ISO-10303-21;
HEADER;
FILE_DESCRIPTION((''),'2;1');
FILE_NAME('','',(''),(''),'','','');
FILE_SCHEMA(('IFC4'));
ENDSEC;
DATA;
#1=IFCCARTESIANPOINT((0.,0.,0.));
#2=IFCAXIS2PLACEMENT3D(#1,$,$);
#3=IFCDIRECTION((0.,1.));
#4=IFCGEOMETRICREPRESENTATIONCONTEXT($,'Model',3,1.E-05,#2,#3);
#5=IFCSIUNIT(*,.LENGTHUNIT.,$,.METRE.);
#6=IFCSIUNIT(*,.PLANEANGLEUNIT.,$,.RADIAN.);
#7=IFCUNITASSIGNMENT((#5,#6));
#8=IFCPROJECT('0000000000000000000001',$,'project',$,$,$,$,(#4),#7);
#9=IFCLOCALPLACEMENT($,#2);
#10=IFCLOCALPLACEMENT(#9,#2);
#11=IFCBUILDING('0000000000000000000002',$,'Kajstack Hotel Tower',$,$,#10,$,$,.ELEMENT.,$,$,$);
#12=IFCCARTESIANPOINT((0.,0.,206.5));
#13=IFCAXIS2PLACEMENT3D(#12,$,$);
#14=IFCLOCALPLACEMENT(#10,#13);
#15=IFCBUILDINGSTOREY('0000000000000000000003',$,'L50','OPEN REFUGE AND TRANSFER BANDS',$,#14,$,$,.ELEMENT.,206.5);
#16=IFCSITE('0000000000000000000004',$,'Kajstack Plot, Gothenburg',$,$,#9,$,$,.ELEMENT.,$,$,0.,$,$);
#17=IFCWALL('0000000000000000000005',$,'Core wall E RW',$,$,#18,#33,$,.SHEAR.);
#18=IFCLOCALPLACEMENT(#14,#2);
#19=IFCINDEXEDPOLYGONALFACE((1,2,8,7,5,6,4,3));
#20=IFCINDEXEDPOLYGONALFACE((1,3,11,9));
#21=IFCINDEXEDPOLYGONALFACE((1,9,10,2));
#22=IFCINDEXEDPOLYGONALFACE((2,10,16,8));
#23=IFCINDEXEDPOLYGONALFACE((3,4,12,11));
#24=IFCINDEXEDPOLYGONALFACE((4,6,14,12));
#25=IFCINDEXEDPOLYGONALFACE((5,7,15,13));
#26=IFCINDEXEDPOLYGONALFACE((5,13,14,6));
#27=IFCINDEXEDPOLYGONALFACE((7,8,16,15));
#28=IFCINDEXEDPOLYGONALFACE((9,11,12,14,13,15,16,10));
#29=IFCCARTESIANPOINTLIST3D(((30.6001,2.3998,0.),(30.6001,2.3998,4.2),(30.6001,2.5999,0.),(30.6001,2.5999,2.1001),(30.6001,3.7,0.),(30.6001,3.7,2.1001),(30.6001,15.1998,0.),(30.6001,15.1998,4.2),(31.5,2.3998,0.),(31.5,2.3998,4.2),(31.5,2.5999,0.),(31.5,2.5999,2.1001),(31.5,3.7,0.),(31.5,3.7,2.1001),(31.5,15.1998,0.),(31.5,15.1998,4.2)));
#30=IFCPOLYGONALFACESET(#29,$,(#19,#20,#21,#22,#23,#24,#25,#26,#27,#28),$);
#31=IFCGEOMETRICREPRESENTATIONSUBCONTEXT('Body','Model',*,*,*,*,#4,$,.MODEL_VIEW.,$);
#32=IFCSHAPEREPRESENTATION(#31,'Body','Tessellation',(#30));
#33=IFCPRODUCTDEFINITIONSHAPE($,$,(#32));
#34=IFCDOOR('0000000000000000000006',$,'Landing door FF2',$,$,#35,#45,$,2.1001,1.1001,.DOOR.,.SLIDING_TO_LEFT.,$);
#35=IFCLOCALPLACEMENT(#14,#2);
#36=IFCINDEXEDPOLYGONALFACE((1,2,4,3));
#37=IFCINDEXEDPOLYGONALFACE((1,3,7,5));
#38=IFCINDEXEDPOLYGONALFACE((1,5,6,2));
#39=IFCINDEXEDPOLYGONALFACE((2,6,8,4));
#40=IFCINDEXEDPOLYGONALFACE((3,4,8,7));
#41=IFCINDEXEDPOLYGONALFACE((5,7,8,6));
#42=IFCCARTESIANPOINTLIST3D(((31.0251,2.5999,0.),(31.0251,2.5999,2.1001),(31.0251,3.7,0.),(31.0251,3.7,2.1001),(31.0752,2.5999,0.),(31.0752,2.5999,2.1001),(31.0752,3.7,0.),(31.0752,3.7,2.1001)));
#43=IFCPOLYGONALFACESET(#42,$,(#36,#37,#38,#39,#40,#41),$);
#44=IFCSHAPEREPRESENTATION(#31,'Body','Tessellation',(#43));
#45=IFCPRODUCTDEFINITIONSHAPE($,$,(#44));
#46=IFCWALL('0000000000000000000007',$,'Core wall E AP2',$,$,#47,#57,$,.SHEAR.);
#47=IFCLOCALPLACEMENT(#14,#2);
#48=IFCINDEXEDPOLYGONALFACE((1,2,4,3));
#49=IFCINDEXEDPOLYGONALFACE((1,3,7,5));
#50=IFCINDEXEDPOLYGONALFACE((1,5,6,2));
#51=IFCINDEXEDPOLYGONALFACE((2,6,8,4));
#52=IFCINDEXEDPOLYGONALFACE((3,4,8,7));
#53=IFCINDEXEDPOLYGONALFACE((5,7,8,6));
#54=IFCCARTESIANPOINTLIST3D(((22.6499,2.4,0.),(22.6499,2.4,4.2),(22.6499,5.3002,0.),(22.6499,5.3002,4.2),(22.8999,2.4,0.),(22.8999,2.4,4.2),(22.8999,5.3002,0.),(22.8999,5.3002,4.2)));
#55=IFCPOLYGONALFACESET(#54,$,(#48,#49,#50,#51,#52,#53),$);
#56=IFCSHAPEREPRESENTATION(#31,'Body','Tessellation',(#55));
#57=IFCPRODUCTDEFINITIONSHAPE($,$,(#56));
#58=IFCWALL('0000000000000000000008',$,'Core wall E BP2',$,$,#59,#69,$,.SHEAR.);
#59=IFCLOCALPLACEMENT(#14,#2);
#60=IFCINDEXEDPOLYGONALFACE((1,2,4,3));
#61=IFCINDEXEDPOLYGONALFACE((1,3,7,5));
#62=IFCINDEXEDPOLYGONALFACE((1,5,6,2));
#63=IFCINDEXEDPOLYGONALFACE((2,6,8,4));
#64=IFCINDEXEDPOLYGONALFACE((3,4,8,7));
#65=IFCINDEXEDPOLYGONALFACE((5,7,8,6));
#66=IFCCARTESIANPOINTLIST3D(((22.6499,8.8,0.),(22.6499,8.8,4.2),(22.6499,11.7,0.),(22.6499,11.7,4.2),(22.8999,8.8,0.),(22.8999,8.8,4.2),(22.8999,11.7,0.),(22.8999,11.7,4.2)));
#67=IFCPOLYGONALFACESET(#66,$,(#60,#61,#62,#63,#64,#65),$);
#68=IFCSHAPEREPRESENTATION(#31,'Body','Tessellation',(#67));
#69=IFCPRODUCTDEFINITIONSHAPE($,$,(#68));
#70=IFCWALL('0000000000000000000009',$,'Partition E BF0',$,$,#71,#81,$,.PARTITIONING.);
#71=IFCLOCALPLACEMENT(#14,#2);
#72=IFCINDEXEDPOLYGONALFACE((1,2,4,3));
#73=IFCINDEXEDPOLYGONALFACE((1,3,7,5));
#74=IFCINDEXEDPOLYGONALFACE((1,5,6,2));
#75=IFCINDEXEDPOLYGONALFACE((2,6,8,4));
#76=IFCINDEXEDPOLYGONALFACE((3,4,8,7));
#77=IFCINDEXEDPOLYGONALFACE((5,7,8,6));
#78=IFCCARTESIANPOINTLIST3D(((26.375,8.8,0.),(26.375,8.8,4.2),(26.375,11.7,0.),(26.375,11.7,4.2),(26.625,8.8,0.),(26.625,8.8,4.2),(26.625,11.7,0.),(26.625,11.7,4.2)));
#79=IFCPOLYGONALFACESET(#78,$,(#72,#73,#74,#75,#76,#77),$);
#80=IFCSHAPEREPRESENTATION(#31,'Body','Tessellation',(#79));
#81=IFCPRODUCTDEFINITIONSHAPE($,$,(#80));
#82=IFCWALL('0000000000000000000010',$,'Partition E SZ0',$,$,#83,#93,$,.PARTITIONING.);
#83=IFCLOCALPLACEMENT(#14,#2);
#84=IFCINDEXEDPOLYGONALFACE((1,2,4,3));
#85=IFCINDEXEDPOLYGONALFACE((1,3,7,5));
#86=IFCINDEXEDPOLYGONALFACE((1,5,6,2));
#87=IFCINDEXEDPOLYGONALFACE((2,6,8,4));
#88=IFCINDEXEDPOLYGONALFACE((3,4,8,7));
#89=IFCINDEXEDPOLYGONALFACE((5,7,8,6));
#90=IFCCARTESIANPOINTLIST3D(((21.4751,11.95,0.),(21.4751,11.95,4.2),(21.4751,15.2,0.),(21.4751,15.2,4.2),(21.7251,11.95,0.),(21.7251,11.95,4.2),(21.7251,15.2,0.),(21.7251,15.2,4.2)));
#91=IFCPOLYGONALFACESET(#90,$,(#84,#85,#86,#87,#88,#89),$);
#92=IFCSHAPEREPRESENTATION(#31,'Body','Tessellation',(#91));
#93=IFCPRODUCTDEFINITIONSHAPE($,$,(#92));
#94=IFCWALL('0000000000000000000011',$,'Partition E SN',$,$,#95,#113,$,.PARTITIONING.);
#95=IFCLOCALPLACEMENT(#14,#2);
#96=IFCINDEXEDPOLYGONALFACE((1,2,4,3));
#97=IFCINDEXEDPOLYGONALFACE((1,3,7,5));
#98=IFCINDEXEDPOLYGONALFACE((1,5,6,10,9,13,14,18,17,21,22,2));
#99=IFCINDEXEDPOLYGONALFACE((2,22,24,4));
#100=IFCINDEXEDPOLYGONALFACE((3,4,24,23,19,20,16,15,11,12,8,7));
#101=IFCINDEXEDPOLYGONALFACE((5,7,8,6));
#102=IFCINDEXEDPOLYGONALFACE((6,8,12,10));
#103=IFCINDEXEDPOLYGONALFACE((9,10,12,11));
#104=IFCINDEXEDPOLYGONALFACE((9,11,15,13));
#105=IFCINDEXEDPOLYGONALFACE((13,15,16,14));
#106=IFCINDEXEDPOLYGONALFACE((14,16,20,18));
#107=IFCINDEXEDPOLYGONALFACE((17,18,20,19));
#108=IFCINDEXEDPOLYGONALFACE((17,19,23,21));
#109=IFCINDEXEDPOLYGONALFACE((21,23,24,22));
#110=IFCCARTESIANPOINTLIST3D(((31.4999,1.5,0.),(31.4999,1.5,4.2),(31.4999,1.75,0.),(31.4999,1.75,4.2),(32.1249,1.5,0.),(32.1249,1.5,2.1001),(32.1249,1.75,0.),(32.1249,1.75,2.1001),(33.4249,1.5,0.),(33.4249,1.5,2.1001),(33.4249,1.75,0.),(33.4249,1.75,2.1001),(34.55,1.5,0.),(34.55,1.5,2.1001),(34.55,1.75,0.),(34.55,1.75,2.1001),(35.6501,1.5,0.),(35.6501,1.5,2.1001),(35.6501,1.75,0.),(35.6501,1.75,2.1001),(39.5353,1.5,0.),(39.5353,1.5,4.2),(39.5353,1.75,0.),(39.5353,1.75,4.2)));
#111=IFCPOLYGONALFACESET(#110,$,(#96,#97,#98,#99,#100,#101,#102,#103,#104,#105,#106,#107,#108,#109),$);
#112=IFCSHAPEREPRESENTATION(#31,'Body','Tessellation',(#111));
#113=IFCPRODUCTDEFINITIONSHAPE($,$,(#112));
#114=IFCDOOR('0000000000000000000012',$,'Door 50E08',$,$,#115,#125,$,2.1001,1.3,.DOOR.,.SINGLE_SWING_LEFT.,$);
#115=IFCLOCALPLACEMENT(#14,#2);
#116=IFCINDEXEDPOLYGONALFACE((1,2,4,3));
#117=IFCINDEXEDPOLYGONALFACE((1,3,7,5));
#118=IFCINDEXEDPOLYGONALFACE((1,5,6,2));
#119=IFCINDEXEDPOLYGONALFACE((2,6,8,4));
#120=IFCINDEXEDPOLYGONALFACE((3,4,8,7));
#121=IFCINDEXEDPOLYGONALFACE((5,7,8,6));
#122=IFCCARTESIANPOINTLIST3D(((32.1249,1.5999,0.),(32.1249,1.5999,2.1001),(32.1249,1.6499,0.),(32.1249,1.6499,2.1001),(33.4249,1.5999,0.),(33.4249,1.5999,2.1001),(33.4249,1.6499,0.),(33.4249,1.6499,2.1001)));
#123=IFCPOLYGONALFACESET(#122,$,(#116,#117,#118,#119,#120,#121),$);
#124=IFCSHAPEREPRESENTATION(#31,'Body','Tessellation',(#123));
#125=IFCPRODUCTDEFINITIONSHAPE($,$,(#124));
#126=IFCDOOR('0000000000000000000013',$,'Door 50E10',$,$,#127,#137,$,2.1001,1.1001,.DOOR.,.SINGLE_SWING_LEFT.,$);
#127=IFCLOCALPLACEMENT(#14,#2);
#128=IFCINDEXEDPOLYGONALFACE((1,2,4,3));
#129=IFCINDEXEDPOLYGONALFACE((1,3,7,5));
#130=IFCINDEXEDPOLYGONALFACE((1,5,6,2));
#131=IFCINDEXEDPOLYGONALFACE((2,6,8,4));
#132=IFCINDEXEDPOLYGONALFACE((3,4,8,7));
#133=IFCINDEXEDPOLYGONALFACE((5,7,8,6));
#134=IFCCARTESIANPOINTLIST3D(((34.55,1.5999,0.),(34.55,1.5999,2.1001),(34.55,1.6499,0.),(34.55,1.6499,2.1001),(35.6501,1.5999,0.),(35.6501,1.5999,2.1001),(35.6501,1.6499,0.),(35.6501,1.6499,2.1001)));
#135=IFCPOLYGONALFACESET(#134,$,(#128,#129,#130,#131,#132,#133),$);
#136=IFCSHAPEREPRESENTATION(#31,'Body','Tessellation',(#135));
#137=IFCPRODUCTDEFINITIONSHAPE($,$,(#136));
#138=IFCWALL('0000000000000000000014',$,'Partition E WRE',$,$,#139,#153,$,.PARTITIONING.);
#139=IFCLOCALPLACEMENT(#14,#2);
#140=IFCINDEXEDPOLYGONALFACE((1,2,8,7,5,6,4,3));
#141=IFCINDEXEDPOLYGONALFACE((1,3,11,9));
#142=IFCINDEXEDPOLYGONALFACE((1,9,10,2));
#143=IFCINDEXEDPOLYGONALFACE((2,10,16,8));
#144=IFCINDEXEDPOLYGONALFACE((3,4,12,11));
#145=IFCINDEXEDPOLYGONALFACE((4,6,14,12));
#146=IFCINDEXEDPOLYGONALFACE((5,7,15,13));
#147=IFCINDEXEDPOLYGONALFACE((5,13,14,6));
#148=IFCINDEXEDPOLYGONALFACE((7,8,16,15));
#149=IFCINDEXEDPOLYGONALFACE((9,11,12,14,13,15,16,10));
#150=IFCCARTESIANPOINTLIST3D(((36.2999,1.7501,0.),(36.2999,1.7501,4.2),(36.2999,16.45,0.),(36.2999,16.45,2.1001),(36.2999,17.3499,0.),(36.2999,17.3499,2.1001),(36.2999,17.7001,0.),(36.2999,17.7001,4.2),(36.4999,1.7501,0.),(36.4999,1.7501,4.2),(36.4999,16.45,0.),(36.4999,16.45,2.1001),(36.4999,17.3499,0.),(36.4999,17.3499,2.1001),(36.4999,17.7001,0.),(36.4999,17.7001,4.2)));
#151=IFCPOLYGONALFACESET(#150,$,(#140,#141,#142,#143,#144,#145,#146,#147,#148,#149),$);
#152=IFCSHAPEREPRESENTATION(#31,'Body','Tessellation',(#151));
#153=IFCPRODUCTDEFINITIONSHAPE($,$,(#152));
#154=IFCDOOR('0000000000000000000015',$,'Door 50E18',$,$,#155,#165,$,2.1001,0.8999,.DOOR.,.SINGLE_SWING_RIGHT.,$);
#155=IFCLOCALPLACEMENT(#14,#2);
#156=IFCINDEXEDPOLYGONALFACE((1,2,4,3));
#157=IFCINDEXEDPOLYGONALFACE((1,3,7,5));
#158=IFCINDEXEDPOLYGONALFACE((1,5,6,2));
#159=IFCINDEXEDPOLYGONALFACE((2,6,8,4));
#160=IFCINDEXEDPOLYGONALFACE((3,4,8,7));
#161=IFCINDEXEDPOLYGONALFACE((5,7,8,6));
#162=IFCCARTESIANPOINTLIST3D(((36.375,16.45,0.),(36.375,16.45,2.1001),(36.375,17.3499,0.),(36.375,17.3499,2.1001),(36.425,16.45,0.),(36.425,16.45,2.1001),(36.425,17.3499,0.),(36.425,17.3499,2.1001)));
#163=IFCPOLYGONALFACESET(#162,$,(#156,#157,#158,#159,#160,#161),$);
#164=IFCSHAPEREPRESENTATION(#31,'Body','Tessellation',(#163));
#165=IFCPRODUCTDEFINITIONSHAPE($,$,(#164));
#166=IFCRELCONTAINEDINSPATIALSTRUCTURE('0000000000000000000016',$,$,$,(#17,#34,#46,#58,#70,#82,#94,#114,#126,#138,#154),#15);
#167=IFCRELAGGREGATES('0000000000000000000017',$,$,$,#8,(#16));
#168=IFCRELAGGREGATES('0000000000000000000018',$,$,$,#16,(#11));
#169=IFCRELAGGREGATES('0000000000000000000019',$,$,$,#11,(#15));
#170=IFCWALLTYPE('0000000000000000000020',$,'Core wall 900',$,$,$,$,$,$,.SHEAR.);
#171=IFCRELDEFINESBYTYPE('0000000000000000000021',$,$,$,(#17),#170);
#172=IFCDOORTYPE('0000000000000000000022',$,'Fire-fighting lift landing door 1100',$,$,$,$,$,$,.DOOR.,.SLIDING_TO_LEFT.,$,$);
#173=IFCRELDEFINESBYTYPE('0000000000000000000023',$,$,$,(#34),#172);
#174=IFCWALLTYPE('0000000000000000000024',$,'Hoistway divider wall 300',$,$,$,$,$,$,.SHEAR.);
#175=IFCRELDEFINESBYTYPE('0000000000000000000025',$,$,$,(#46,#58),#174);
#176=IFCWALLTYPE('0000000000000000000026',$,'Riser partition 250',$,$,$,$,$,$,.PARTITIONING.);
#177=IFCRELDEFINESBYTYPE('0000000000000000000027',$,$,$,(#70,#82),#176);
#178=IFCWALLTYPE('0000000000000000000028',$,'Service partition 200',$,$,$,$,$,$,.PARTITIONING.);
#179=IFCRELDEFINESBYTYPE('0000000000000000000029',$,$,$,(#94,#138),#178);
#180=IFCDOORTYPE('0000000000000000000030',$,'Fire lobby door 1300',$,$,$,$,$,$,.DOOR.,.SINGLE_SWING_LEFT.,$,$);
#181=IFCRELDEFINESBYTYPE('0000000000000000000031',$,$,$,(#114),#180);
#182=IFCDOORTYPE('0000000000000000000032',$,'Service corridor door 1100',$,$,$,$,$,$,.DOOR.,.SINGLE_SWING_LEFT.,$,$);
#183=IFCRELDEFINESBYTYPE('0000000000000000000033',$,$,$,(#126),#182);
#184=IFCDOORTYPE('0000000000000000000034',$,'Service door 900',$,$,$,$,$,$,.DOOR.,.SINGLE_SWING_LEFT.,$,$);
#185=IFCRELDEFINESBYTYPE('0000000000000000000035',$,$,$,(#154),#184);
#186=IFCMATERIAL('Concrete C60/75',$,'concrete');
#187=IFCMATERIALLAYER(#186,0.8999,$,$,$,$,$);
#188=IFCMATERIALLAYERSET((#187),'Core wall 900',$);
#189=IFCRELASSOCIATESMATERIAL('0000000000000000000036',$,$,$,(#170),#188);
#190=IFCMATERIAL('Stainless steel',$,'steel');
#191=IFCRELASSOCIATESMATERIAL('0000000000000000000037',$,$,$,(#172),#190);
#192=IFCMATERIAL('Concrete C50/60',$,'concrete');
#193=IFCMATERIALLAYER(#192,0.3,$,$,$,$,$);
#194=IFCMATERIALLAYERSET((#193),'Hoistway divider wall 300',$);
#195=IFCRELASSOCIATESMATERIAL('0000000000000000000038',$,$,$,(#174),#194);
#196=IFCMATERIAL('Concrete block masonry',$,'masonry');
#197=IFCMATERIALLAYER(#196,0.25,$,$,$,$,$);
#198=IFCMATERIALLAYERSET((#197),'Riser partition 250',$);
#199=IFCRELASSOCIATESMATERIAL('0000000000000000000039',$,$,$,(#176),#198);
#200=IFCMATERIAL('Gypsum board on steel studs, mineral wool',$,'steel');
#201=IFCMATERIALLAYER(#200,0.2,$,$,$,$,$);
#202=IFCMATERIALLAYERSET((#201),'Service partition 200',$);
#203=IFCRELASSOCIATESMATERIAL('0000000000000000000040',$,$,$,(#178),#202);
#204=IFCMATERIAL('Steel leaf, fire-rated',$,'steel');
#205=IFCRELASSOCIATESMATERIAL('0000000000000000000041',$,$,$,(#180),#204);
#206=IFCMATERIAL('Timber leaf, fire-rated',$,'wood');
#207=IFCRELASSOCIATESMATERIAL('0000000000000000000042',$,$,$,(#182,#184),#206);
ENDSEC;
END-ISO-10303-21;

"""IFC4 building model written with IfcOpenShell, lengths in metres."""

from ifc_helpers import new_model, si_unit, direction, frame, frame_2d, origin, place, context, subcontext, project, spatial, rectangle, extrude, material, layer, layer_set, type_object, element, fill, save


model = new_model("IFC4")

# Units and contexts
model_context = context("Model", 3, precision=1e-05, world=origin(), true_north=direction((0.0, 1.0)))
body_context = subcontext(model_context, "Body", "Model", "MODEL_VIEW")
ifc_project = project(units=[si_unit("LENGTHUNIT", "METRE"), si_unit("PLANEANGLEUNIT", "RADIAN")], contexts=[model_context])

# Site, building, storey
site_placement = place(None, origin())
site = spatial("IfcSite", under=ifc_project, at=site_placement, Name="Kajstack Plot, Gothenburg", CompositionType="ELEMENT", RefElevation=0.0)
building_placement = place(site_placement, origin())
building = spatial("IfcBuilding", under=site, at=building_placement, Name="Kajstack Hotel Tower", CompositionType="ELEMENT")
storey_placement = place(building_placement, frame((0.0, 0.0, 206.5)))
storey = spatial("IfcBuildingStorey", under=building, at=storey_placement, Name="L50", Description="OPEN REFUGE AND TRANSFER BANDS", CompositionType="ELEMENT", Elevation=206.5)

# Wall, opening, door
ifc_material_1 = material(Name="Concrete C60/75", Category="concrete")
ifc_layer_1 = layer(ifc_material_1, 0.8999)
ifc_layer_set_1 = layer_set([ifc_layer_1], Name="Core wall 900")
wall_type_1 = type_object("IfcWallType", Name="Core wall 900", PredefinedType="SHEAR", material=ifc_layer_set_1)
wall_1_placement = place(storey_placement, frame((31.05, 2.3999, 0.0), z_axis=(0.0, 0.0, 1.0), x_axis=(0.0, 1.0, 0.0)))
wall_1 = element("IfcWall", 1, at=wall_1_placement, inside=storey, type_object=wall_type_1, Name="Core wall E RW", PredefinedType="SHEAR", context=body_context, shape_type="SweptSolid", body=[
    extrude(rectangle(XDim=12.8, YDim=0.8999, at=frame_2d((6.3999, 0.0))), origin(), (0.0, 0.0, 1.0), 4.2),
])
opening_1_placement = place(wall_1_placement, frame((0.2, 0.0, 0.0)))
opening_1 = element("IfcOpeningElement", 2, at=opening_1_placement, cuts=wall_1, PredefinedType="OPENING", context=body_context, shape_type="SweptSolid", body=[
    extrude(rectangle(XDim=1.1001, YDim=2.1001, at=frame_2d((0.55, 1.05))), frame((0.0, 0.46, 0.0), z_axis=(0.0, -1.0, 0.0), x_axis=(1.0, 0.0, 0.0)), (0.0, 0.0, 1.0), 0.9199),
])
ifc_material_2 = material(Name="Stainless steel", Category="steel")
door_type_1 = type_object("IfcDoorType", Name="Fire-fighting lift landing door 1100", OperationType="SLIDING_TO_LEFT", PredefinedType="DOOR", material=ifc_material_2)
door_1_placement = place(opening_1_placement, origin())
door_1 = element("IfcDoor", 3, at=door_1_placement, inside=storey, type_object=door_type_1, Name="Landing door FF2", OperationType="SLIDING_TO_LEFT", OverallHeight=2.1001, OverallWidth=1.1001, PredefinedType="DOOR", context=body_context, shape_type="SweptSolid", body=[
    extrude(rectangle(XDim=1.1001, YDim=2.1001, at=frame_2d((0.55, 1.05))), frame((0.0, 0.0249, 0.0), z_axis=(0.0, -1.0, 0.0), x_axis=(1.0, 0.0, 0.0)), (0.0, 0.0, 1.0), 0.05),
])
fill(opening_1, door_1)

# Walls
ifc_material_3 = material(Name="Concrete C50/60", Category="concrete")
ifc_layer_2 = layer(ifc_material_3, 0.3)
ifc_layer_set_2 = layer_set([ifc_layer_2], Name="Hoistway divider wall 300")
wall_type_2 = type_object("IfcWallType", Name="Hoistway divider wall 300", PredefinedType="SHEAR", material=ifc_layer_set_2)
wall_2_placement = place(storey_placement, frame((22.7749, 2.3999, 0.0), z_axis=(0.0, 0.0, 1.0), x_axis=(0.0, 1.0, 0.0)))
element("IfcWall", 4, at=wall_2_placement, inside=storey, type_object=wall_type_2, Name="Core wall E AP2", PredefinedType="SHEAR", context=body_context, shape_type="SweptSolid", body=[
    extrude(rectangle(XDim=2.9001, YDim=0.25, at=frame_2d((1.4502, 0.0))), origin(), (0.0, 0.0, 1.0), 4.2),
])
wall_3_placement = place(storey_placement, frame((22.7749, 8.8, 0.0), z_axis=(0.0, 0.0, 1.0), x_axis=(0.0, 1.0, 0.0)))
element("IfcWall", 5, at=wall_3_placement, inside=storey, type_object=wall_type_2, Name="Core wall E BP2", PredefinedType="SHEAR", context=body_context, shape_type="SweptSolid", body=[
    extrude(rectangle(XDim=2.8999, YDim=0.25, at=frame_2d((1.45, 0.0))), origin(), (0.0, 0.0, 1.0), 4.2),
])
ifc_material_4 = material(Name="Concrete block masonry", Category="masonry")
ifc_layer_3 = layer(ifc_material_4, 0.25)
ifc_layer_set_3 = layer_set([ifc_layer_3], Name="Riser partition 250")
wall_type_3 = type_object("IfcWallType", Name="Riser partition 250", PredefinedType="PARTITIONING", material=ifc_layer_set_3)
wall_4_placement = place(storey_placement, frame((26.5, 8.8, 0.0), z_axis=(0.0, 0.0, 1.0), x_axis=(0.0, 1.0, 0.0)))
element("IfcWall", 6, at=wall_4_placement, inside=storey, type_object=wall_type_3, Name="Partition E BF0", PredefinedType="PARTITIONING", context=body_context, shape_type="SweptSolid", body=[
    extrude(rectangle(XDim=2.8999, YDim=0.25, at=frame_2d((1.45, 0.0))), origin(), (0.0, 0.0, 1.0), 4.2),
])
wall_5_placement = place(storey_placement, frame((21.6001, 11.95, 0.0), z_axis=(0.0, 0.0, 1.0), x_axis=(0.0, 1.0, 0.0)))
element("IfcWall", 7, at=wall_5_placement, inside=storey, type_object=wall_type_3, Name="Partition E SZ0", PredefinedType="PARTITIONING", context=body_context, shape_type="SweptSolid", body=[
    extrude(rectangle(XDim=3.25, YDim=0.25, at=frame_2d((1.625, 0.0))), origin(), (0.0, 0.0, 1.0), 4.2),
])

# Wall, openings, doors
ifc_material_5 = material(Name="Gypsum board on steel studs, mineral wool", Category="steel")
ifc_layer_4 = layer(ifc_material_5, 0.2)
ifc_layer_set_4 = layer_set([ifc_layer_4], Name="Service partition 200")
wall_type_4 = type_object("IfcWallType", Name="Service partition 200", PredefinedType="PARTITIONING", material=ifc_layer_set_4)
wall_6_placement = place(storey_placement, frame((31.5, 1.625, 0.0), z_axis=(0.0, 0.0, 1.0), x_axis=(1.0, 0.0, 0.0)))
wall_6 = element("IfcWall", 8, at=wall_6_placement, inside=storey, type_object=wall_type_4, Name="Partition E SN", PredefinedType="PARTITIONING", context=body_context, shape_type="SweptSolid", body=[
    extrude(rectangle(XDim=8.0354, YDim=0.25, at=frame_2d((4.0176, 0.0))), origin(), (0.0, 0.0, 1.0), 4.2),
])
opening_2_placement = place(wall_6_placement, frame((0.625, 0.0, 0.0)))
opening_2 = element("IfcOpeningElement", 9, at=opening_2_placement, cuts=wall_6, PredefinedType="OPENING", context=body_context, shape_type="SweptSolid", body=[
    extrude(rectangle(XDim=1.3, YDim=2.1001, at=frame_2d((0.6499, 1.05))), frame((0.0, 0.135, 0.0), z_axis=(0.0, -1.0, 0.0), x_axis=(1.0, 0.0, 0.0)), (0.0, 0.0, 1.0), 0.27),
])
opening_3_placement = place(wall_6_placement, frame((3.05, 0.0, 0.0)))
opening_3 = element("IfcOpeningElement", 10, at=opening_3_placement, cuts=wall_6, PredefinedType="OPENING", context=body_context, shape_type="SweptSolid", body=[
    extrude(rectangle(XDim=1.1001, YDim=2.1001, at=frame_2d((0.55, 1.05))), frame((0.0, 0.135, 0.0), z_axis=(0.0, -1.0, 0.0), x_axis=(1.0, 0.0, 0.0)), (0.0, 0.0, 1.0), 0.27),
])
ifc_material_6 = material(Name="Steel leaf, fire-rated", Category="steel")
door_type_2 = type_object("IfcDoorType", Name="Fire lobby door 1300", OperationType="SINGLE_SWING_LEFT", PredefinedType="DOOR", material=ifc_material_6)
door_2_placement = place(opening_2_placement, origin())
door_2 = element("IfcDoor", 11, at=door_2_placement, inside=storey, type_object=door_type_2, Name="Door 50E08", OperationType="SINGLE_SWING_LEFT", OverallHeight=2.1001, OverallWidth=1.3, PredefinedType="DOOR", context=body_context, shape_type="SweptSolid", body=[
    extrude(rectangle(XDim=1.3, YDim=2.1001, at=frame_2d((0.6499, 1.05))), frame((0.0, 0.0249, 0.0), z_axis=(0.0, -1.0, 0.0), x_axis=(1.0, 0.0, 0.0)), (0.0, 0.0, 1.0), 0.05),
])
fill(opening_2, door_2)
ifc_material_7 = material(Name="Timber leaf, fire-rated", Category="wood")
door_type_3 = type_object("IfcDoorType", Name="Service corridor door 1100", OperationType="SINGLE_SWING_LEFT", PredefinedType="DOOR", material=ifc_material_7)
door_3_placement = place(opening_3_placement, origin())
door_3 = element("IfcDoor", 12, at=door_3_placement, inside=storey, type_object=door_type_3, Name="Door 50E10", OperationType="SINGLE_SWING_LEFT", OverallHeight=2.1001, OverallWidth=1.1001, PredefinedType="DOOR", context=body_context, shape_type="SweptSolid", body=[
    extrude(rectangle(XDim=1.1001, YDim=2.1001, at=frame_2d((0.55, 1.05))), frame((0.0, 0.0249, 0.0), z_axis=(0.0, -1.0, 0.0), x_axis=(1.0, 0.0, 0.0)), (0.0, 0.0, 1.0), 0.05),
])
fill(opening_3, door_3)

# Wall, opening, door
wall_7_placement = place(storey_placement, frame((36.3999, 1.75, 0.0), z_axis=(0.0, 0.0, 1.0), x_axis=(0.0, 1.0, 0.0)))
wall_7 = element("IfcWall", 13, at=wall_7_placement, inside=storey, type_object=wall_type_4, Name="Partition E WRE", PredefinedType="PARTITIONING", context=body_context, shape_type="SweptSolid", body=[
    extrude(rectangle(XDim=15.95, YDim=0.2, at=frame_2d((7.9751, 0.0))), origin(), (0.0, 0.0, 1.0), 4.2),
])
opening_4_placement = place(wall_7_placement, frame((14.7, 0.0, 0.0)))
opening_4 = element("IfcOpeningElement", 14, at=opening_4_placement, cuts=wall_7, PredefinedType="OPENING", context=body_context, shape_type="SweptSolid", body=[
    extrude(rectangle(XDim=0.8999, YDim=2.1001, at=frame_2d((0.45, 1.05))), frame((0.0, 0.1099, 0.0), z_axis=(0.0, -1.0, 0.0), x_axis=(1.0, 0.0, 0.0)), (0.0, 0.0, 1.0), 0.22),
])
door_type_4 = type_object("IfcDoorType", Name="Service door 900", OperationType="SINGLE_SWING_LEFT", PredefinedType="DOOR", material=ifc_material_7)
door_4_placement = place(opening_4_placement, origin())
door_4 = element("IfcDoor", 15, at=door_4_placement, inside=storey, type_object=door_type_4, Name="Door 50E18", OperationType="SINGLE_SWING_RIGHT", OverallHeight=2.1001, OverallWidth=0.8999, PredefinedType="DOOR", context=body_context, shape_type="SweptSolid", body=[
    extrude(rectangle(XDim=0.8999, YDim=2.1001, at=frame_2d((0.45, 1.05))), frame((0.0, 0.0249, 0.0), z_axis=(0.0, -1.0, 0.0), x_axis=(1.0, 0.0, 0.0)), (0.0, 0.0, 1.0), 0.05),
])
fill(opening_4, door_4)

save(model, "model.ifc")
